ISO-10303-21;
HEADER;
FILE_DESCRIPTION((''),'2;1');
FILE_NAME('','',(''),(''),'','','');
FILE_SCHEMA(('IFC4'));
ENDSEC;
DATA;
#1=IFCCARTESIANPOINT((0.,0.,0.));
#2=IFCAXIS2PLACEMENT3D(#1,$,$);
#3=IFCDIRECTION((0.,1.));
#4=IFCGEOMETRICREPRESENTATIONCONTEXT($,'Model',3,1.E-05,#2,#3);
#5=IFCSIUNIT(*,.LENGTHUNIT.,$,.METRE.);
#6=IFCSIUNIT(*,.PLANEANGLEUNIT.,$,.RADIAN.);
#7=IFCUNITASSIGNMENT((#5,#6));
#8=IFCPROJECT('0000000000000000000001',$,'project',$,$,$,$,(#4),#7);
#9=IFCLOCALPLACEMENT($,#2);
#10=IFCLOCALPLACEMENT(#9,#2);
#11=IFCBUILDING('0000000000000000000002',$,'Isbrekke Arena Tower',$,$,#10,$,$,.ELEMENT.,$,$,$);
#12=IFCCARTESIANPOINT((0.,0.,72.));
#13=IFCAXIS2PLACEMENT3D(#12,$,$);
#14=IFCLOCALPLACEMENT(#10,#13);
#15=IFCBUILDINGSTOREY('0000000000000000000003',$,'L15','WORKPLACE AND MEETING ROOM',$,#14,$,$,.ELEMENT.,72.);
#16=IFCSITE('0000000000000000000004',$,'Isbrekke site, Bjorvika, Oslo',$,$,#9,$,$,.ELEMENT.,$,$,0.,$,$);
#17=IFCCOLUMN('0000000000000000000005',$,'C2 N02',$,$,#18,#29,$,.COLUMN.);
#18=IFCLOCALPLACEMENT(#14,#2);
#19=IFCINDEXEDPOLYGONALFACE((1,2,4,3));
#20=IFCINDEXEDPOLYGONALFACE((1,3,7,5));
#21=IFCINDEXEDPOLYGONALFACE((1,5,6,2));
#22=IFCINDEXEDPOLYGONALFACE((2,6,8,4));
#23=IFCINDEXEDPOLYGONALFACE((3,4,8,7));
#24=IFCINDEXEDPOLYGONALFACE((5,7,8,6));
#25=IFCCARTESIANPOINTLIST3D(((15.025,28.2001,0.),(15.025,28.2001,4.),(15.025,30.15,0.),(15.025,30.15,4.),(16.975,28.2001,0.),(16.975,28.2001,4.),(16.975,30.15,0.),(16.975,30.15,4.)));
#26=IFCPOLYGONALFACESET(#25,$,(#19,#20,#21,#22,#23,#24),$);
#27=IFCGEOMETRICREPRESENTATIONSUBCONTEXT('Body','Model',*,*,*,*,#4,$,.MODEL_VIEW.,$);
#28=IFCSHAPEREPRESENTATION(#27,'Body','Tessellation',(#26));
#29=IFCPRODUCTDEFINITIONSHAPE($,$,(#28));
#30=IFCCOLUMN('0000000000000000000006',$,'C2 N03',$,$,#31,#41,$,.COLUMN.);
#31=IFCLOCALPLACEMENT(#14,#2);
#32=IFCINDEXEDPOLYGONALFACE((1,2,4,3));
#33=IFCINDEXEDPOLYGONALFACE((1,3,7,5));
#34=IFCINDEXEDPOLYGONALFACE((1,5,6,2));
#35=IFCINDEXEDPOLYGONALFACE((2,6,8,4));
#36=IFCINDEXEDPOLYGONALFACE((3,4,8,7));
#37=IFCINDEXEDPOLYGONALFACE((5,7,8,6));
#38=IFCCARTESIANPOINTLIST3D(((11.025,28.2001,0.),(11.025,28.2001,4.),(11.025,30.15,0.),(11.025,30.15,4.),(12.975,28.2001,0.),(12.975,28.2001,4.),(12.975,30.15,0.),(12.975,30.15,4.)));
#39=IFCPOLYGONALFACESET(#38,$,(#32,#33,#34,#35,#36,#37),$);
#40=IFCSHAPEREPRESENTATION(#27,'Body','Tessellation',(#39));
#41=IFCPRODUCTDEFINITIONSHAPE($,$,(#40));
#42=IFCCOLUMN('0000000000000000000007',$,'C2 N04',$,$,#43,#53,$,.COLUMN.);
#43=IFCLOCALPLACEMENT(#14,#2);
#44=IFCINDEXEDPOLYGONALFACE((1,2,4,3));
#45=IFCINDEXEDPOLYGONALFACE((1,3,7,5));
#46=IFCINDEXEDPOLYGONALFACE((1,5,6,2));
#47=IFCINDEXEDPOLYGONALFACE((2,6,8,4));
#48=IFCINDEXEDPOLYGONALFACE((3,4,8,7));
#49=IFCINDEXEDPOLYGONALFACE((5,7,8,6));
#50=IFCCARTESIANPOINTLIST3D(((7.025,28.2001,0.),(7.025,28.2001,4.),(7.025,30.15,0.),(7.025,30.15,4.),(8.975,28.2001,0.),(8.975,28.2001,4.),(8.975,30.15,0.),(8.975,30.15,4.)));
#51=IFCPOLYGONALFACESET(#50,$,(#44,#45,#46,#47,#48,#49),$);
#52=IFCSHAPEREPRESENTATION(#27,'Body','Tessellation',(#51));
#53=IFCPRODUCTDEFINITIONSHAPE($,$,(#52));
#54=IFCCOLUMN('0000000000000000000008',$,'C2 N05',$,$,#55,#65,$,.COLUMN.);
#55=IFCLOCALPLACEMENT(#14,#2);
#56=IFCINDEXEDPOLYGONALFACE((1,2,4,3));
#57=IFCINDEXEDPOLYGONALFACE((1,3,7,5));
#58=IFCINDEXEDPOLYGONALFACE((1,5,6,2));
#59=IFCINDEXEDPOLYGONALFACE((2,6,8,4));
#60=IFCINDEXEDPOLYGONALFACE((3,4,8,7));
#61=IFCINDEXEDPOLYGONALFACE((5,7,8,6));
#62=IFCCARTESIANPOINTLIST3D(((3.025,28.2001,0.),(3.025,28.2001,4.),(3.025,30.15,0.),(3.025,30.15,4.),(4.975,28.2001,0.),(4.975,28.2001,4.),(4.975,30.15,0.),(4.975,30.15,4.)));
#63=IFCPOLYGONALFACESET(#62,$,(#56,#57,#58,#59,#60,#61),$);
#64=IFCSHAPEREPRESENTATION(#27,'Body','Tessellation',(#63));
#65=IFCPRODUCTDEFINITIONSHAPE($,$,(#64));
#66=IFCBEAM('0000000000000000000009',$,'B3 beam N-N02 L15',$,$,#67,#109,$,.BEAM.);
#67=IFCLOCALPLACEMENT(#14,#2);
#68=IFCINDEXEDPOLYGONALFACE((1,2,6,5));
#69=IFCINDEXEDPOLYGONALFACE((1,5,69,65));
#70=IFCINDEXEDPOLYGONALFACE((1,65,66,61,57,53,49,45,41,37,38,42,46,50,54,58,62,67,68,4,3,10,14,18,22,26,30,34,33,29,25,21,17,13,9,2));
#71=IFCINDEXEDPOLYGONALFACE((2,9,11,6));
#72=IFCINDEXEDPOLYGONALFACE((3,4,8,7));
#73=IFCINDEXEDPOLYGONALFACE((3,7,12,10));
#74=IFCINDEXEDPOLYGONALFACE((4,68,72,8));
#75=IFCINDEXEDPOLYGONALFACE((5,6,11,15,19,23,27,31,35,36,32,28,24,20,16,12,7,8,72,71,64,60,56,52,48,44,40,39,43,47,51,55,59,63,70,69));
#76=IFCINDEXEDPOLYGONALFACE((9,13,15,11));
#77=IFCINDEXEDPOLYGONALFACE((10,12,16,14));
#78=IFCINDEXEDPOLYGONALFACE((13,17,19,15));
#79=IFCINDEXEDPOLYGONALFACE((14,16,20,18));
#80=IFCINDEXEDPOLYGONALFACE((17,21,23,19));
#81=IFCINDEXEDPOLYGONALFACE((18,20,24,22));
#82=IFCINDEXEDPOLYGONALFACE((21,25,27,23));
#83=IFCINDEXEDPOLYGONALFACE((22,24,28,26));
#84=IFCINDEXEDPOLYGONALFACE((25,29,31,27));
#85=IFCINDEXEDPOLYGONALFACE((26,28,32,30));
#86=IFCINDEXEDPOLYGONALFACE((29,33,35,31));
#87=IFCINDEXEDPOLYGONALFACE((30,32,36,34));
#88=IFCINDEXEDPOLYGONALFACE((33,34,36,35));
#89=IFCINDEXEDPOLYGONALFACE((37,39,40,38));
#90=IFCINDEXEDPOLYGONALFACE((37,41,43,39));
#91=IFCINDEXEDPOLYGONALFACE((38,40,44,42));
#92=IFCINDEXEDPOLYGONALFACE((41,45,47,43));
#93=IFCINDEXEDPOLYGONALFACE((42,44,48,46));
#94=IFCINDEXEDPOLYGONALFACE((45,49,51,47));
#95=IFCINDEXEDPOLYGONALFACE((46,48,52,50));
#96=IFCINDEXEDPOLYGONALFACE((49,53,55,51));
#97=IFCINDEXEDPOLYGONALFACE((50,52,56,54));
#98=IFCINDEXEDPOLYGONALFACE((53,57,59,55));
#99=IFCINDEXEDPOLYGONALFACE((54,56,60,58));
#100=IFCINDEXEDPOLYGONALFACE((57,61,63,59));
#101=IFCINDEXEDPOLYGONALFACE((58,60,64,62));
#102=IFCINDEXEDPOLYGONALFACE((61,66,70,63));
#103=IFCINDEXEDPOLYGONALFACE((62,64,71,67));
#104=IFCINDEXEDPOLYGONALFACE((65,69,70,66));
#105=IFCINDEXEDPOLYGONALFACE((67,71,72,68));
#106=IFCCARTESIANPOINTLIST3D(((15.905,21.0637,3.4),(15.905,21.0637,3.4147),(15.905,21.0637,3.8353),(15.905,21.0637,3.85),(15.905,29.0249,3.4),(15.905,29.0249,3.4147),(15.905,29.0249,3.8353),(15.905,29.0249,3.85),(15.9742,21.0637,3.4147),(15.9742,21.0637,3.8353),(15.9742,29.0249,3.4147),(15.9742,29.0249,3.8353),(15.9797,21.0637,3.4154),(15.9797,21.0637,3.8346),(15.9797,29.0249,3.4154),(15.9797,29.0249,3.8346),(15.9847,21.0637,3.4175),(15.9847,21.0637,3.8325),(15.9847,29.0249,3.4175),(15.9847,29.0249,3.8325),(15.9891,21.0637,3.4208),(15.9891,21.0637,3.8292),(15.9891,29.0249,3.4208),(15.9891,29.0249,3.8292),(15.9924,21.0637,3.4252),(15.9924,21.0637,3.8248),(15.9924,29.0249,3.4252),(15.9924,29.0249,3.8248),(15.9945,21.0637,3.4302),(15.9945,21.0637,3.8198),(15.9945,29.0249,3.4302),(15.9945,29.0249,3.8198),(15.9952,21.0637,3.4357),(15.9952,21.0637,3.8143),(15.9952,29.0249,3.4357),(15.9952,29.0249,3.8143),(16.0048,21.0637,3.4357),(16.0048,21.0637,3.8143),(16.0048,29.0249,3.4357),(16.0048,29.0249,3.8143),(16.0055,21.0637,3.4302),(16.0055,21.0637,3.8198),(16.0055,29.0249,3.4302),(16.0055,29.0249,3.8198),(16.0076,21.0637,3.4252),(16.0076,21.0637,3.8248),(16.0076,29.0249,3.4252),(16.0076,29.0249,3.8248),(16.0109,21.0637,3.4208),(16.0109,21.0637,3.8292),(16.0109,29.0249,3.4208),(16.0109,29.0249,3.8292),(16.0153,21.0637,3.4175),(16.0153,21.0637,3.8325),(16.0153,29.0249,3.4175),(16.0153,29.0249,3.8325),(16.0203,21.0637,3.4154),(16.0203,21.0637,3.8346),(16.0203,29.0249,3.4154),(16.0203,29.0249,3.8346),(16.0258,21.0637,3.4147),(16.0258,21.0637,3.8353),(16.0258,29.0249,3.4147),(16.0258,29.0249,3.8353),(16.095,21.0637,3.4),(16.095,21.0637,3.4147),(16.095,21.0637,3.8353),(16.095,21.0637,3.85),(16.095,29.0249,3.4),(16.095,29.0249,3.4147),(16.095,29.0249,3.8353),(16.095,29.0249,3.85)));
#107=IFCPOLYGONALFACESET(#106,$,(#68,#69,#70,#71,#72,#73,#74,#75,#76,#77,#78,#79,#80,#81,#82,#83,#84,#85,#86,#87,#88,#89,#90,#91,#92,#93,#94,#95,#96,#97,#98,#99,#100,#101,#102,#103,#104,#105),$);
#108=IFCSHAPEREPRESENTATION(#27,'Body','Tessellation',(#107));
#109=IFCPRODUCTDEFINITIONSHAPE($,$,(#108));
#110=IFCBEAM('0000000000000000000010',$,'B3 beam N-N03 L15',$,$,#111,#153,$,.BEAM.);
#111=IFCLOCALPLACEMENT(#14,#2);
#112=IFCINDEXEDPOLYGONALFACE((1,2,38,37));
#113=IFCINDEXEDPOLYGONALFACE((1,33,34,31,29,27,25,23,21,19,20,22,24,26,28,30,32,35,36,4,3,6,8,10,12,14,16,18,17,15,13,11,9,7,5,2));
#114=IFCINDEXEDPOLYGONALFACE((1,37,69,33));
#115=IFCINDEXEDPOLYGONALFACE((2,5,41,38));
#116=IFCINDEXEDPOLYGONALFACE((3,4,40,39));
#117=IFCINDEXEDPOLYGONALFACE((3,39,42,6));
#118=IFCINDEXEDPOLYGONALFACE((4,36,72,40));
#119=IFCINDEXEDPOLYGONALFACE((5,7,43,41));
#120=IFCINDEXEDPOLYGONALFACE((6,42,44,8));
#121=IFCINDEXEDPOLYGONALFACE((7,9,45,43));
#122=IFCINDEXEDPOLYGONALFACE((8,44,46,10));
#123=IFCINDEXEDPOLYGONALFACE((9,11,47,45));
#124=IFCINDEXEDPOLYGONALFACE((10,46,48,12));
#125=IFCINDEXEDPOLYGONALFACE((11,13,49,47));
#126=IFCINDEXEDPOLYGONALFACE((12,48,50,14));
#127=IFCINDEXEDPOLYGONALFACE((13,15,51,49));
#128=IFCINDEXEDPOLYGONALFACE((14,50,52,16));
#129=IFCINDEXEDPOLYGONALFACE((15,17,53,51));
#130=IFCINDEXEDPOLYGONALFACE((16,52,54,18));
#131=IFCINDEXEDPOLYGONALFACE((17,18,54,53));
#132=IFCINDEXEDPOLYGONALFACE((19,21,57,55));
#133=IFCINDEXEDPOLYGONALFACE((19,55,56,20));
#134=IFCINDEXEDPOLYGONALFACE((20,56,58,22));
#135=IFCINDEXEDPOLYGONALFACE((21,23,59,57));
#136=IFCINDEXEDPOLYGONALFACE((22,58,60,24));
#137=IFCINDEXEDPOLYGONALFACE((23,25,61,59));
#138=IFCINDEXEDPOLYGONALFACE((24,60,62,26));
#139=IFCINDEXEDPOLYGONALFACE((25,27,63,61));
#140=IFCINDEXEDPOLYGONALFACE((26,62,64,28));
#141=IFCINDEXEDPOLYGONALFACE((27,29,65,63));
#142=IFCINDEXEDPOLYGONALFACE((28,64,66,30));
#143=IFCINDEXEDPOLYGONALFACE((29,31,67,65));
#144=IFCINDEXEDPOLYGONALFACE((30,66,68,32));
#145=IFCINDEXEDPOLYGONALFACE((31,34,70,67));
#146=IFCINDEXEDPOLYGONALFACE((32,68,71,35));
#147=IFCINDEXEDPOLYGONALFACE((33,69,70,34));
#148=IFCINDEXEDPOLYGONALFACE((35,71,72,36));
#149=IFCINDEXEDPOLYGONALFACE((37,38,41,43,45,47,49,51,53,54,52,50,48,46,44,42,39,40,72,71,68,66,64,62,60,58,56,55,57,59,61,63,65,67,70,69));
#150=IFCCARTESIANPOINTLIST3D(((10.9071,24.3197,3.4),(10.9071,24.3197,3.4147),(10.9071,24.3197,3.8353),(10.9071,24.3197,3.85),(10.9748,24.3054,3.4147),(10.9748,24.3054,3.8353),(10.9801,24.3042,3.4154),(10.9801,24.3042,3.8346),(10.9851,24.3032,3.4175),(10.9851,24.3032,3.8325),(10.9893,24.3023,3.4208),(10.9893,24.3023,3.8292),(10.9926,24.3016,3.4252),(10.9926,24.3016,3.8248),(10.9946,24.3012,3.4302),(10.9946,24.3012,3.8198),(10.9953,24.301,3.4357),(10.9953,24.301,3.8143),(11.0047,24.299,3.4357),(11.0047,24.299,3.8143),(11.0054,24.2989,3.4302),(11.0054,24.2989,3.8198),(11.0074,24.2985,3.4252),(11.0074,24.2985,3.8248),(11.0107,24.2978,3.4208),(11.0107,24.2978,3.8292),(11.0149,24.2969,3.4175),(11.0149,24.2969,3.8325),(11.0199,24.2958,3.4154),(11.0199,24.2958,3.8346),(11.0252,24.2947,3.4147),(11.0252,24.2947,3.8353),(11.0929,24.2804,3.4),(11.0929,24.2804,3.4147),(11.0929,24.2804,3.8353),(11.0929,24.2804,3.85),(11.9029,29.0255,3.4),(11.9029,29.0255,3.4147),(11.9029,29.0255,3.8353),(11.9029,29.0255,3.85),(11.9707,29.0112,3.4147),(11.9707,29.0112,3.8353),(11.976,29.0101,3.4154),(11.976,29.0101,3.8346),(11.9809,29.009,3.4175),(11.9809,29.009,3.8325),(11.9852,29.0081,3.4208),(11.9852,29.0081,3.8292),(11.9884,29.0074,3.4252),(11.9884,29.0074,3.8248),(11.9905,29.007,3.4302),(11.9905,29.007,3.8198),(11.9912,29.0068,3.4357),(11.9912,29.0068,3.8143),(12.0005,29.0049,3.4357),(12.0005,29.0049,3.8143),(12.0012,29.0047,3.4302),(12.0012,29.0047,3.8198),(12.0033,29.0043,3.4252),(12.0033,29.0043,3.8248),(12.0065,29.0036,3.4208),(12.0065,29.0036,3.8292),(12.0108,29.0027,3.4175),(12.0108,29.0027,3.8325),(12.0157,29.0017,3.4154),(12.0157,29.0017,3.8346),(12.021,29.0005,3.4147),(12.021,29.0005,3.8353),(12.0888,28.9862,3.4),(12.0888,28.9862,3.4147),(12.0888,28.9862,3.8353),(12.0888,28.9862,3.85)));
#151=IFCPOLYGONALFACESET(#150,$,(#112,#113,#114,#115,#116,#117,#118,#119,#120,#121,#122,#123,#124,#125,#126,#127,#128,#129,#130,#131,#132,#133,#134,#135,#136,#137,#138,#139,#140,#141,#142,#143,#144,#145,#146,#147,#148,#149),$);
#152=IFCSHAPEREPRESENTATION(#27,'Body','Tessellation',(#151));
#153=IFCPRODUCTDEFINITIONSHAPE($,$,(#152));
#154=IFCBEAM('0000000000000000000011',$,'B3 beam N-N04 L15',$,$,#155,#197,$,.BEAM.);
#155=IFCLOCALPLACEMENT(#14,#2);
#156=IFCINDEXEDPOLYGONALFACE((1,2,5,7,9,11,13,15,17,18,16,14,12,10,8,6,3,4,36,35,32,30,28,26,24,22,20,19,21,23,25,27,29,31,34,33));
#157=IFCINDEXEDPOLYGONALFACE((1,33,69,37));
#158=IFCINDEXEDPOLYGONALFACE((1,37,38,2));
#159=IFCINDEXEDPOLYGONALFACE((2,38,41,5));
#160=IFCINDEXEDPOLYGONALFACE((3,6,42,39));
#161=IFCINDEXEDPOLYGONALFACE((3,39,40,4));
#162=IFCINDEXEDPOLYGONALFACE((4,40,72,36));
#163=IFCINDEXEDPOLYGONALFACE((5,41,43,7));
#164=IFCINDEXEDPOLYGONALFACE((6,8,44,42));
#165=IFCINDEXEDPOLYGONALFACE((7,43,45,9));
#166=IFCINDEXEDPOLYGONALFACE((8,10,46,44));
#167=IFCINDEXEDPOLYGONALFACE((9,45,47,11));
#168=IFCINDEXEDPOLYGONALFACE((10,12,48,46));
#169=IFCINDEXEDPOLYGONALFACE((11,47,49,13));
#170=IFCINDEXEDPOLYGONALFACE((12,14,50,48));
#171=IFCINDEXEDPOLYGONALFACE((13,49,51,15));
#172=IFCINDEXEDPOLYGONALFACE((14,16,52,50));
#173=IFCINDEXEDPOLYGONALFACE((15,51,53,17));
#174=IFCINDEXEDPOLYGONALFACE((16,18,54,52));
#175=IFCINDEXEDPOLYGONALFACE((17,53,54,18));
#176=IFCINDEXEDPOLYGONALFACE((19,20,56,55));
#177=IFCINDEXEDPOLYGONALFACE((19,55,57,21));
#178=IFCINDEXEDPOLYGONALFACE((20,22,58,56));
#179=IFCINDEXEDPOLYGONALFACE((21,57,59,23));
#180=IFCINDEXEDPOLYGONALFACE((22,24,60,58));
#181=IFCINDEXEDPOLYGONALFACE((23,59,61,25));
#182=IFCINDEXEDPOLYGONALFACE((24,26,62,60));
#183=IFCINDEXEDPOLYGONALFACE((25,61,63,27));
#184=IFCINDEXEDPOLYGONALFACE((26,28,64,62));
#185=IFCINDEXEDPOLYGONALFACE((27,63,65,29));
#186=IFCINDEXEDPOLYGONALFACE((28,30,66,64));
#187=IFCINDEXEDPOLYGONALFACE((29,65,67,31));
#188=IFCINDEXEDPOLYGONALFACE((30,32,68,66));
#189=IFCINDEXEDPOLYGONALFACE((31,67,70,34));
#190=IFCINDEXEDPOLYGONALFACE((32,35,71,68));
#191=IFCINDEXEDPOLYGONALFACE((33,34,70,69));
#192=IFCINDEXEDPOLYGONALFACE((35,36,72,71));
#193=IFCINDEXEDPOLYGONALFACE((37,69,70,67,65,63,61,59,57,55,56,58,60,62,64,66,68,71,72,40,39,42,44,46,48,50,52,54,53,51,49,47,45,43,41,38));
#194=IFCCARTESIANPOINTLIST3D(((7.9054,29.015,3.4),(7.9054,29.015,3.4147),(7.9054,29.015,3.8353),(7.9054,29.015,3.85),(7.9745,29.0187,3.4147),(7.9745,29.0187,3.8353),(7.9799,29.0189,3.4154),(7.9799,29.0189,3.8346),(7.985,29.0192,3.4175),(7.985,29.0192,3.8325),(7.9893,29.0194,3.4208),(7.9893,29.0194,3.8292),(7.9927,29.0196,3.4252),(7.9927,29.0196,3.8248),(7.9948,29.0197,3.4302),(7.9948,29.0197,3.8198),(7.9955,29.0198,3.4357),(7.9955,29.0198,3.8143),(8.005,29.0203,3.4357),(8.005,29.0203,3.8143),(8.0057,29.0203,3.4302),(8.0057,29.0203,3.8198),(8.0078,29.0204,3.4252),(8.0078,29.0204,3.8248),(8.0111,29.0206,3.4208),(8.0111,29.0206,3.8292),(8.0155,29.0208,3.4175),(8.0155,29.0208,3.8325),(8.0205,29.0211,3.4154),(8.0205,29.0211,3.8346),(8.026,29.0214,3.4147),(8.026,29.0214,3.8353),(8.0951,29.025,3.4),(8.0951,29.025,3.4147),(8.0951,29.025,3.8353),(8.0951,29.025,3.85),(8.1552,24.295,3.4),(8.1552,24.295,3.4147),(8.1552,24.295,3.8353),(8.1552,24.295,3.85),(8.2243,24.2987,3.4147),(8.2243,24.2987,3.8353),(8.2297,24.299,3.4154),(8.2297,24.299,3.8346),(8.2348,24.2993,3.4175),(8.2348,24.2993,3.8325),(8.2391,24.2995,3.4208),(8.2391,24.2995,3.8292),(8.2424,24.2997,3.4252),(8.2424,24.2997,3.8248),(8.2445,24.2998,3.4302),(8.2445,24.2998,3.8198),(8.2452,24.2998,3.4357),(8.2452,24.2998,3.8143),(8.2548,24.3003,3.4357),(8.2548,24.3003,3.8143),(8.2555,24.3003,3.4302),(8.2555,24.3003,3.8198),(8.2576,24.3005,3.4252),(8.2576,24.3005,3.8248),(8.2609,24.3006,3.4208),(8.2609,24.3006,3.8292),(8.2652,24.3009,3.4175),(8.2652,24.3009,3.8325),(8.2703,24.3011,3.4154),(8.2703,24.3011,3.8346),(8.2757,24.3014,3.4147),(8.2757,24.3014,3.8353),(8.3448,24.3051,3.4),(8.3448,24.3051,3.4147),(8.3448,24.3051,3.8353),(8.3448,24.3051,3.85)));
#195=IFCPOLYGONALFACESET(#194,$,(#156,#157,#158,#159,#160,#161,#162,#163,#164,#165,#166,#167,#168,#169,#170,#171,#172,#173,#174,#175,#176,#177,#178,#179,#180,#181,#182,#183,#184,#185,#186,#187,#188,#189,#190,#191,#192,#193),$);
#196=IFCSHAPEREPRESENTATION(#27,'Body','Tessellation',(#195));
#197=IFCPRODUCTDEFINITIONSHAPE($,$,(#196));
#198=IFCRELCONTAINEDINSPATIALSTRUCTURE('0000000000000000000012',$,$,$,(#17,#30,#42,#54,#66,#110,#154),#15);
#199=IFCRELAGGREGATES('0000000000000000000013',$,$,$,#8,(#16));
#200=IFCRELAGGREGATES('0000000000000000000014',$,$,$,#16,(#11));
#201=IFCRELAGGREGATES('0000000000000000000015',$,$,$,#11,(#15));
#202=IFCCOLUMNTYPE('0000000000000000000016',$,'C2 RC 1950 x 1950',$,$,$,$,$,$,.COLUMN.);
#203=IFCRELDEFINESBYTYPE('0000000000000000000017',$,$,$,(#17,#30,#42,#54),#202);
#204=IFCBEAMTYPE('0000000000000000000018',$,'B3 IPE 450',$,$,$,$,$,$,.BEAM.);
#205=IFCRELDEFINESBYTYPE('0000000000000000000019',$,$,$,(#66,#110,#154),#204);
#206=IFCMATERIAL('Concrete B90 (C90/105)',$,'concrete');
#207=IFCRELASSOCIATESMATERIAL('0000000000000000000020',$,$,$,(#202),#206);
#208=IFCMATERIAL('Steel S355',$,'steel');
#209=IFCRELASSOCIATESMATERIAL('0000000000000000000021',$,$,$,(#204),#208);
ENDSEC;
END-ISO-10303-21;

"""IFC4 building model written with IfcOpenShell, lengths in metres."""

from ifc_helpers import new_model, si_unit, direction, frame, origin, origin_2d, place, context, subcontext, project, spatial, rectangle, i_section, extrude, material, material_profile, profile_set, type_object, element, save


model = new_model("IFC4")

# Units and contexts
model_context = context("Model", 3, precision=1e-05, world=origin(), true_north=direction((0.0, 1.0)))
body_context = subcontext(model_context, "Body", "Model", "MODEL_VIEW")
ifc_project = project(units=[si_unit("LENGTHUNIT", "METRE"), si_unit("PLANEANGLEUNIT", "RADIAN")], contexts=[model_context])

# Site, building, storey
site_placement = place(None, origin())
site = spatial("IfcSite", under=ifc_project, at=site_placement, Name="Isbrekke site, Bjorvika, Oslo", CompositionType="ELEMENT", RefElevation=0.0)
building_placement = place(site_placement, origin())
building = spatial("IfcBuilding", under=site, at=building_placement, Name="Isbrekke Arena Tower", CompositionType="ELEMENT")
storey_placement = place(building_placement, frame((0.0, 0.0, 72.0)))
storey = spatial("IfcBuildingStorey", under=building, at=storey_placement, Name="L15", Description="WORKPLACE AND MEETING ROOM", CompositionType="ELEMENT", Elevation=72.0)

# Columns
ifc_material_1 = material(Name="Concrete B90 (C90/105)", Category="concrete")
ifc_material_profile_1 = material_profile(ifc_material_1, rectangle(XDim=1.95, YDim=1.95, at=origin_2d()), Name="RC 1950x1950")
ifc_profile_set_1 = profile_set([ifc_material_profile_1], Name="Concrete B90 (C90/105)")
column_type = type_object("IfcColumnType", Name="C2 RC 1950 x 1950", PredefinedType="COLUMN", material=ifc_profile_set_1)
for number, where, z_axis, x_axis, name in (
    (1, (16.0, 29.175, 0.0), (0.0, 0.0, 1.0), (-1.0, 0.0, 0.0), "C2 N02"),
    (2, (12.0, 29.175, 0.0), (0.0, 0.0, 1.0), (-1.0, 0.0, 0.0), "C2 N03"),
    (3, (8.0, 29.175, 0.0), (0.0, 0.0, 1.0), (-1.0, 0.0, 0.0), "C2 N04"),
    (4, (4.0, 29.175, 0.0), (0.0, 0.0, 1.0), (-1.0, 0.0, 0.0), "C2 N05"),
):
    element("IfcColumn", number, at=place(storey_placement, frame(where, z_axis=z_axis, x_axis=x_axis)), inside=storey, type_object=column_type, Name=name, PredefinedType="COLUMN", context=body_context, shape_type="SweptSolid", body=[
        extrude(rectangle(XDim=1.95, YDim=1.95, at=origin_2d()), origin(), (0.0, 0.0, 1.0), 4.0),
    ])

# Beams
ifc_material_2 = material(Name="Steel S355", Category="steel")
ifc_material_profile_2 = material_profile(ifc_material_2, i_section(OverallWidth=0.1899, OverallDepth=0.45, WebThickness=0.0095, FlangeThickness=0.0146, FilletRadius=0.021, at=origin_2d()), Name="IPE 450")
ifc_profile_set_2 = profile_set([ifc_material_profile_2], Name="Steel S355")
beam_type_1 = type_object("IfcBeamType", Name="B3 IPE 450", PredefinedType="BEAM", material=ifc_profile_set_2)
beam_1_placement = place(storey_placement, frame((16.0, 29.0249, 3.625), z_axis=(0.0, -1.0, 0.0), x_axis=(1.0, 0.0, 0.0)))
element("IfcBeam", 5, at=beam_1_placement, inside=storey, type_object=beam_type_1, Name="B3 beam N-N02 L15", PredefinedType="BEAM", context=body_context, shape_type="SweptSolid", body=[
    extrude(i_section(OverallWidth=0.1899, OverallDepth=0.45, WebThickness=0.0095, FlangeThickness=0.0146, FilletRadius=0.021, at=origin_2d()), origin(), (0.0, 0.0, 1.0), 7.9612),
])
beam_2_placement = place(storey_placement, frame((11.9958, 29.0059, 3.625), z_axis=(-0.207036, -0.978333, 0.0), x_axis=(0.978333, -0.207036, 0.0)))
element("IfcBeam", 6, at=beam_2_placement, inside=storey, type_object=beam_type_1, Name="B3 beam N-N03 L15", PredefinedType="BEAM", context=body_context, shape_type="SweptSolid", body=[
    extrude(i_section(OverallWidth=0.1899, OverallDepth=0.45, WebThickness=0.0095, FlangeThickness=0.0146, FilletRadius=0.021, at=origin_2d()), origin(), (0.0, 0.0, 1.0), 4.8101),
])
beam_3_placement = place(storey_placement, frame((8.0002, 29.02, 3.625), z_axis=(0.052841, -0.998603, 0.0), x_axis=(0.998603, 0.052841, 0.0)))
element("IfcBeam", 7, at=beam_3_placement, inside=storey, type_object=beam_type_1, Name="B3 beam N-N04 L15", PredefinedType="BEAM", context=body_context, shape_type="SweptSolid", body=[
    extrude(i_section(OverallWidth=0.1899, OverallDepth=0.45, WebThickness=0.0095, FlangeThickness=0.0146, FilletRadius=0.021, at=origin_2d()), origin(), (0.0, 0.0, 1.0), 4.7266),
])

save(model, "model.ifc")
